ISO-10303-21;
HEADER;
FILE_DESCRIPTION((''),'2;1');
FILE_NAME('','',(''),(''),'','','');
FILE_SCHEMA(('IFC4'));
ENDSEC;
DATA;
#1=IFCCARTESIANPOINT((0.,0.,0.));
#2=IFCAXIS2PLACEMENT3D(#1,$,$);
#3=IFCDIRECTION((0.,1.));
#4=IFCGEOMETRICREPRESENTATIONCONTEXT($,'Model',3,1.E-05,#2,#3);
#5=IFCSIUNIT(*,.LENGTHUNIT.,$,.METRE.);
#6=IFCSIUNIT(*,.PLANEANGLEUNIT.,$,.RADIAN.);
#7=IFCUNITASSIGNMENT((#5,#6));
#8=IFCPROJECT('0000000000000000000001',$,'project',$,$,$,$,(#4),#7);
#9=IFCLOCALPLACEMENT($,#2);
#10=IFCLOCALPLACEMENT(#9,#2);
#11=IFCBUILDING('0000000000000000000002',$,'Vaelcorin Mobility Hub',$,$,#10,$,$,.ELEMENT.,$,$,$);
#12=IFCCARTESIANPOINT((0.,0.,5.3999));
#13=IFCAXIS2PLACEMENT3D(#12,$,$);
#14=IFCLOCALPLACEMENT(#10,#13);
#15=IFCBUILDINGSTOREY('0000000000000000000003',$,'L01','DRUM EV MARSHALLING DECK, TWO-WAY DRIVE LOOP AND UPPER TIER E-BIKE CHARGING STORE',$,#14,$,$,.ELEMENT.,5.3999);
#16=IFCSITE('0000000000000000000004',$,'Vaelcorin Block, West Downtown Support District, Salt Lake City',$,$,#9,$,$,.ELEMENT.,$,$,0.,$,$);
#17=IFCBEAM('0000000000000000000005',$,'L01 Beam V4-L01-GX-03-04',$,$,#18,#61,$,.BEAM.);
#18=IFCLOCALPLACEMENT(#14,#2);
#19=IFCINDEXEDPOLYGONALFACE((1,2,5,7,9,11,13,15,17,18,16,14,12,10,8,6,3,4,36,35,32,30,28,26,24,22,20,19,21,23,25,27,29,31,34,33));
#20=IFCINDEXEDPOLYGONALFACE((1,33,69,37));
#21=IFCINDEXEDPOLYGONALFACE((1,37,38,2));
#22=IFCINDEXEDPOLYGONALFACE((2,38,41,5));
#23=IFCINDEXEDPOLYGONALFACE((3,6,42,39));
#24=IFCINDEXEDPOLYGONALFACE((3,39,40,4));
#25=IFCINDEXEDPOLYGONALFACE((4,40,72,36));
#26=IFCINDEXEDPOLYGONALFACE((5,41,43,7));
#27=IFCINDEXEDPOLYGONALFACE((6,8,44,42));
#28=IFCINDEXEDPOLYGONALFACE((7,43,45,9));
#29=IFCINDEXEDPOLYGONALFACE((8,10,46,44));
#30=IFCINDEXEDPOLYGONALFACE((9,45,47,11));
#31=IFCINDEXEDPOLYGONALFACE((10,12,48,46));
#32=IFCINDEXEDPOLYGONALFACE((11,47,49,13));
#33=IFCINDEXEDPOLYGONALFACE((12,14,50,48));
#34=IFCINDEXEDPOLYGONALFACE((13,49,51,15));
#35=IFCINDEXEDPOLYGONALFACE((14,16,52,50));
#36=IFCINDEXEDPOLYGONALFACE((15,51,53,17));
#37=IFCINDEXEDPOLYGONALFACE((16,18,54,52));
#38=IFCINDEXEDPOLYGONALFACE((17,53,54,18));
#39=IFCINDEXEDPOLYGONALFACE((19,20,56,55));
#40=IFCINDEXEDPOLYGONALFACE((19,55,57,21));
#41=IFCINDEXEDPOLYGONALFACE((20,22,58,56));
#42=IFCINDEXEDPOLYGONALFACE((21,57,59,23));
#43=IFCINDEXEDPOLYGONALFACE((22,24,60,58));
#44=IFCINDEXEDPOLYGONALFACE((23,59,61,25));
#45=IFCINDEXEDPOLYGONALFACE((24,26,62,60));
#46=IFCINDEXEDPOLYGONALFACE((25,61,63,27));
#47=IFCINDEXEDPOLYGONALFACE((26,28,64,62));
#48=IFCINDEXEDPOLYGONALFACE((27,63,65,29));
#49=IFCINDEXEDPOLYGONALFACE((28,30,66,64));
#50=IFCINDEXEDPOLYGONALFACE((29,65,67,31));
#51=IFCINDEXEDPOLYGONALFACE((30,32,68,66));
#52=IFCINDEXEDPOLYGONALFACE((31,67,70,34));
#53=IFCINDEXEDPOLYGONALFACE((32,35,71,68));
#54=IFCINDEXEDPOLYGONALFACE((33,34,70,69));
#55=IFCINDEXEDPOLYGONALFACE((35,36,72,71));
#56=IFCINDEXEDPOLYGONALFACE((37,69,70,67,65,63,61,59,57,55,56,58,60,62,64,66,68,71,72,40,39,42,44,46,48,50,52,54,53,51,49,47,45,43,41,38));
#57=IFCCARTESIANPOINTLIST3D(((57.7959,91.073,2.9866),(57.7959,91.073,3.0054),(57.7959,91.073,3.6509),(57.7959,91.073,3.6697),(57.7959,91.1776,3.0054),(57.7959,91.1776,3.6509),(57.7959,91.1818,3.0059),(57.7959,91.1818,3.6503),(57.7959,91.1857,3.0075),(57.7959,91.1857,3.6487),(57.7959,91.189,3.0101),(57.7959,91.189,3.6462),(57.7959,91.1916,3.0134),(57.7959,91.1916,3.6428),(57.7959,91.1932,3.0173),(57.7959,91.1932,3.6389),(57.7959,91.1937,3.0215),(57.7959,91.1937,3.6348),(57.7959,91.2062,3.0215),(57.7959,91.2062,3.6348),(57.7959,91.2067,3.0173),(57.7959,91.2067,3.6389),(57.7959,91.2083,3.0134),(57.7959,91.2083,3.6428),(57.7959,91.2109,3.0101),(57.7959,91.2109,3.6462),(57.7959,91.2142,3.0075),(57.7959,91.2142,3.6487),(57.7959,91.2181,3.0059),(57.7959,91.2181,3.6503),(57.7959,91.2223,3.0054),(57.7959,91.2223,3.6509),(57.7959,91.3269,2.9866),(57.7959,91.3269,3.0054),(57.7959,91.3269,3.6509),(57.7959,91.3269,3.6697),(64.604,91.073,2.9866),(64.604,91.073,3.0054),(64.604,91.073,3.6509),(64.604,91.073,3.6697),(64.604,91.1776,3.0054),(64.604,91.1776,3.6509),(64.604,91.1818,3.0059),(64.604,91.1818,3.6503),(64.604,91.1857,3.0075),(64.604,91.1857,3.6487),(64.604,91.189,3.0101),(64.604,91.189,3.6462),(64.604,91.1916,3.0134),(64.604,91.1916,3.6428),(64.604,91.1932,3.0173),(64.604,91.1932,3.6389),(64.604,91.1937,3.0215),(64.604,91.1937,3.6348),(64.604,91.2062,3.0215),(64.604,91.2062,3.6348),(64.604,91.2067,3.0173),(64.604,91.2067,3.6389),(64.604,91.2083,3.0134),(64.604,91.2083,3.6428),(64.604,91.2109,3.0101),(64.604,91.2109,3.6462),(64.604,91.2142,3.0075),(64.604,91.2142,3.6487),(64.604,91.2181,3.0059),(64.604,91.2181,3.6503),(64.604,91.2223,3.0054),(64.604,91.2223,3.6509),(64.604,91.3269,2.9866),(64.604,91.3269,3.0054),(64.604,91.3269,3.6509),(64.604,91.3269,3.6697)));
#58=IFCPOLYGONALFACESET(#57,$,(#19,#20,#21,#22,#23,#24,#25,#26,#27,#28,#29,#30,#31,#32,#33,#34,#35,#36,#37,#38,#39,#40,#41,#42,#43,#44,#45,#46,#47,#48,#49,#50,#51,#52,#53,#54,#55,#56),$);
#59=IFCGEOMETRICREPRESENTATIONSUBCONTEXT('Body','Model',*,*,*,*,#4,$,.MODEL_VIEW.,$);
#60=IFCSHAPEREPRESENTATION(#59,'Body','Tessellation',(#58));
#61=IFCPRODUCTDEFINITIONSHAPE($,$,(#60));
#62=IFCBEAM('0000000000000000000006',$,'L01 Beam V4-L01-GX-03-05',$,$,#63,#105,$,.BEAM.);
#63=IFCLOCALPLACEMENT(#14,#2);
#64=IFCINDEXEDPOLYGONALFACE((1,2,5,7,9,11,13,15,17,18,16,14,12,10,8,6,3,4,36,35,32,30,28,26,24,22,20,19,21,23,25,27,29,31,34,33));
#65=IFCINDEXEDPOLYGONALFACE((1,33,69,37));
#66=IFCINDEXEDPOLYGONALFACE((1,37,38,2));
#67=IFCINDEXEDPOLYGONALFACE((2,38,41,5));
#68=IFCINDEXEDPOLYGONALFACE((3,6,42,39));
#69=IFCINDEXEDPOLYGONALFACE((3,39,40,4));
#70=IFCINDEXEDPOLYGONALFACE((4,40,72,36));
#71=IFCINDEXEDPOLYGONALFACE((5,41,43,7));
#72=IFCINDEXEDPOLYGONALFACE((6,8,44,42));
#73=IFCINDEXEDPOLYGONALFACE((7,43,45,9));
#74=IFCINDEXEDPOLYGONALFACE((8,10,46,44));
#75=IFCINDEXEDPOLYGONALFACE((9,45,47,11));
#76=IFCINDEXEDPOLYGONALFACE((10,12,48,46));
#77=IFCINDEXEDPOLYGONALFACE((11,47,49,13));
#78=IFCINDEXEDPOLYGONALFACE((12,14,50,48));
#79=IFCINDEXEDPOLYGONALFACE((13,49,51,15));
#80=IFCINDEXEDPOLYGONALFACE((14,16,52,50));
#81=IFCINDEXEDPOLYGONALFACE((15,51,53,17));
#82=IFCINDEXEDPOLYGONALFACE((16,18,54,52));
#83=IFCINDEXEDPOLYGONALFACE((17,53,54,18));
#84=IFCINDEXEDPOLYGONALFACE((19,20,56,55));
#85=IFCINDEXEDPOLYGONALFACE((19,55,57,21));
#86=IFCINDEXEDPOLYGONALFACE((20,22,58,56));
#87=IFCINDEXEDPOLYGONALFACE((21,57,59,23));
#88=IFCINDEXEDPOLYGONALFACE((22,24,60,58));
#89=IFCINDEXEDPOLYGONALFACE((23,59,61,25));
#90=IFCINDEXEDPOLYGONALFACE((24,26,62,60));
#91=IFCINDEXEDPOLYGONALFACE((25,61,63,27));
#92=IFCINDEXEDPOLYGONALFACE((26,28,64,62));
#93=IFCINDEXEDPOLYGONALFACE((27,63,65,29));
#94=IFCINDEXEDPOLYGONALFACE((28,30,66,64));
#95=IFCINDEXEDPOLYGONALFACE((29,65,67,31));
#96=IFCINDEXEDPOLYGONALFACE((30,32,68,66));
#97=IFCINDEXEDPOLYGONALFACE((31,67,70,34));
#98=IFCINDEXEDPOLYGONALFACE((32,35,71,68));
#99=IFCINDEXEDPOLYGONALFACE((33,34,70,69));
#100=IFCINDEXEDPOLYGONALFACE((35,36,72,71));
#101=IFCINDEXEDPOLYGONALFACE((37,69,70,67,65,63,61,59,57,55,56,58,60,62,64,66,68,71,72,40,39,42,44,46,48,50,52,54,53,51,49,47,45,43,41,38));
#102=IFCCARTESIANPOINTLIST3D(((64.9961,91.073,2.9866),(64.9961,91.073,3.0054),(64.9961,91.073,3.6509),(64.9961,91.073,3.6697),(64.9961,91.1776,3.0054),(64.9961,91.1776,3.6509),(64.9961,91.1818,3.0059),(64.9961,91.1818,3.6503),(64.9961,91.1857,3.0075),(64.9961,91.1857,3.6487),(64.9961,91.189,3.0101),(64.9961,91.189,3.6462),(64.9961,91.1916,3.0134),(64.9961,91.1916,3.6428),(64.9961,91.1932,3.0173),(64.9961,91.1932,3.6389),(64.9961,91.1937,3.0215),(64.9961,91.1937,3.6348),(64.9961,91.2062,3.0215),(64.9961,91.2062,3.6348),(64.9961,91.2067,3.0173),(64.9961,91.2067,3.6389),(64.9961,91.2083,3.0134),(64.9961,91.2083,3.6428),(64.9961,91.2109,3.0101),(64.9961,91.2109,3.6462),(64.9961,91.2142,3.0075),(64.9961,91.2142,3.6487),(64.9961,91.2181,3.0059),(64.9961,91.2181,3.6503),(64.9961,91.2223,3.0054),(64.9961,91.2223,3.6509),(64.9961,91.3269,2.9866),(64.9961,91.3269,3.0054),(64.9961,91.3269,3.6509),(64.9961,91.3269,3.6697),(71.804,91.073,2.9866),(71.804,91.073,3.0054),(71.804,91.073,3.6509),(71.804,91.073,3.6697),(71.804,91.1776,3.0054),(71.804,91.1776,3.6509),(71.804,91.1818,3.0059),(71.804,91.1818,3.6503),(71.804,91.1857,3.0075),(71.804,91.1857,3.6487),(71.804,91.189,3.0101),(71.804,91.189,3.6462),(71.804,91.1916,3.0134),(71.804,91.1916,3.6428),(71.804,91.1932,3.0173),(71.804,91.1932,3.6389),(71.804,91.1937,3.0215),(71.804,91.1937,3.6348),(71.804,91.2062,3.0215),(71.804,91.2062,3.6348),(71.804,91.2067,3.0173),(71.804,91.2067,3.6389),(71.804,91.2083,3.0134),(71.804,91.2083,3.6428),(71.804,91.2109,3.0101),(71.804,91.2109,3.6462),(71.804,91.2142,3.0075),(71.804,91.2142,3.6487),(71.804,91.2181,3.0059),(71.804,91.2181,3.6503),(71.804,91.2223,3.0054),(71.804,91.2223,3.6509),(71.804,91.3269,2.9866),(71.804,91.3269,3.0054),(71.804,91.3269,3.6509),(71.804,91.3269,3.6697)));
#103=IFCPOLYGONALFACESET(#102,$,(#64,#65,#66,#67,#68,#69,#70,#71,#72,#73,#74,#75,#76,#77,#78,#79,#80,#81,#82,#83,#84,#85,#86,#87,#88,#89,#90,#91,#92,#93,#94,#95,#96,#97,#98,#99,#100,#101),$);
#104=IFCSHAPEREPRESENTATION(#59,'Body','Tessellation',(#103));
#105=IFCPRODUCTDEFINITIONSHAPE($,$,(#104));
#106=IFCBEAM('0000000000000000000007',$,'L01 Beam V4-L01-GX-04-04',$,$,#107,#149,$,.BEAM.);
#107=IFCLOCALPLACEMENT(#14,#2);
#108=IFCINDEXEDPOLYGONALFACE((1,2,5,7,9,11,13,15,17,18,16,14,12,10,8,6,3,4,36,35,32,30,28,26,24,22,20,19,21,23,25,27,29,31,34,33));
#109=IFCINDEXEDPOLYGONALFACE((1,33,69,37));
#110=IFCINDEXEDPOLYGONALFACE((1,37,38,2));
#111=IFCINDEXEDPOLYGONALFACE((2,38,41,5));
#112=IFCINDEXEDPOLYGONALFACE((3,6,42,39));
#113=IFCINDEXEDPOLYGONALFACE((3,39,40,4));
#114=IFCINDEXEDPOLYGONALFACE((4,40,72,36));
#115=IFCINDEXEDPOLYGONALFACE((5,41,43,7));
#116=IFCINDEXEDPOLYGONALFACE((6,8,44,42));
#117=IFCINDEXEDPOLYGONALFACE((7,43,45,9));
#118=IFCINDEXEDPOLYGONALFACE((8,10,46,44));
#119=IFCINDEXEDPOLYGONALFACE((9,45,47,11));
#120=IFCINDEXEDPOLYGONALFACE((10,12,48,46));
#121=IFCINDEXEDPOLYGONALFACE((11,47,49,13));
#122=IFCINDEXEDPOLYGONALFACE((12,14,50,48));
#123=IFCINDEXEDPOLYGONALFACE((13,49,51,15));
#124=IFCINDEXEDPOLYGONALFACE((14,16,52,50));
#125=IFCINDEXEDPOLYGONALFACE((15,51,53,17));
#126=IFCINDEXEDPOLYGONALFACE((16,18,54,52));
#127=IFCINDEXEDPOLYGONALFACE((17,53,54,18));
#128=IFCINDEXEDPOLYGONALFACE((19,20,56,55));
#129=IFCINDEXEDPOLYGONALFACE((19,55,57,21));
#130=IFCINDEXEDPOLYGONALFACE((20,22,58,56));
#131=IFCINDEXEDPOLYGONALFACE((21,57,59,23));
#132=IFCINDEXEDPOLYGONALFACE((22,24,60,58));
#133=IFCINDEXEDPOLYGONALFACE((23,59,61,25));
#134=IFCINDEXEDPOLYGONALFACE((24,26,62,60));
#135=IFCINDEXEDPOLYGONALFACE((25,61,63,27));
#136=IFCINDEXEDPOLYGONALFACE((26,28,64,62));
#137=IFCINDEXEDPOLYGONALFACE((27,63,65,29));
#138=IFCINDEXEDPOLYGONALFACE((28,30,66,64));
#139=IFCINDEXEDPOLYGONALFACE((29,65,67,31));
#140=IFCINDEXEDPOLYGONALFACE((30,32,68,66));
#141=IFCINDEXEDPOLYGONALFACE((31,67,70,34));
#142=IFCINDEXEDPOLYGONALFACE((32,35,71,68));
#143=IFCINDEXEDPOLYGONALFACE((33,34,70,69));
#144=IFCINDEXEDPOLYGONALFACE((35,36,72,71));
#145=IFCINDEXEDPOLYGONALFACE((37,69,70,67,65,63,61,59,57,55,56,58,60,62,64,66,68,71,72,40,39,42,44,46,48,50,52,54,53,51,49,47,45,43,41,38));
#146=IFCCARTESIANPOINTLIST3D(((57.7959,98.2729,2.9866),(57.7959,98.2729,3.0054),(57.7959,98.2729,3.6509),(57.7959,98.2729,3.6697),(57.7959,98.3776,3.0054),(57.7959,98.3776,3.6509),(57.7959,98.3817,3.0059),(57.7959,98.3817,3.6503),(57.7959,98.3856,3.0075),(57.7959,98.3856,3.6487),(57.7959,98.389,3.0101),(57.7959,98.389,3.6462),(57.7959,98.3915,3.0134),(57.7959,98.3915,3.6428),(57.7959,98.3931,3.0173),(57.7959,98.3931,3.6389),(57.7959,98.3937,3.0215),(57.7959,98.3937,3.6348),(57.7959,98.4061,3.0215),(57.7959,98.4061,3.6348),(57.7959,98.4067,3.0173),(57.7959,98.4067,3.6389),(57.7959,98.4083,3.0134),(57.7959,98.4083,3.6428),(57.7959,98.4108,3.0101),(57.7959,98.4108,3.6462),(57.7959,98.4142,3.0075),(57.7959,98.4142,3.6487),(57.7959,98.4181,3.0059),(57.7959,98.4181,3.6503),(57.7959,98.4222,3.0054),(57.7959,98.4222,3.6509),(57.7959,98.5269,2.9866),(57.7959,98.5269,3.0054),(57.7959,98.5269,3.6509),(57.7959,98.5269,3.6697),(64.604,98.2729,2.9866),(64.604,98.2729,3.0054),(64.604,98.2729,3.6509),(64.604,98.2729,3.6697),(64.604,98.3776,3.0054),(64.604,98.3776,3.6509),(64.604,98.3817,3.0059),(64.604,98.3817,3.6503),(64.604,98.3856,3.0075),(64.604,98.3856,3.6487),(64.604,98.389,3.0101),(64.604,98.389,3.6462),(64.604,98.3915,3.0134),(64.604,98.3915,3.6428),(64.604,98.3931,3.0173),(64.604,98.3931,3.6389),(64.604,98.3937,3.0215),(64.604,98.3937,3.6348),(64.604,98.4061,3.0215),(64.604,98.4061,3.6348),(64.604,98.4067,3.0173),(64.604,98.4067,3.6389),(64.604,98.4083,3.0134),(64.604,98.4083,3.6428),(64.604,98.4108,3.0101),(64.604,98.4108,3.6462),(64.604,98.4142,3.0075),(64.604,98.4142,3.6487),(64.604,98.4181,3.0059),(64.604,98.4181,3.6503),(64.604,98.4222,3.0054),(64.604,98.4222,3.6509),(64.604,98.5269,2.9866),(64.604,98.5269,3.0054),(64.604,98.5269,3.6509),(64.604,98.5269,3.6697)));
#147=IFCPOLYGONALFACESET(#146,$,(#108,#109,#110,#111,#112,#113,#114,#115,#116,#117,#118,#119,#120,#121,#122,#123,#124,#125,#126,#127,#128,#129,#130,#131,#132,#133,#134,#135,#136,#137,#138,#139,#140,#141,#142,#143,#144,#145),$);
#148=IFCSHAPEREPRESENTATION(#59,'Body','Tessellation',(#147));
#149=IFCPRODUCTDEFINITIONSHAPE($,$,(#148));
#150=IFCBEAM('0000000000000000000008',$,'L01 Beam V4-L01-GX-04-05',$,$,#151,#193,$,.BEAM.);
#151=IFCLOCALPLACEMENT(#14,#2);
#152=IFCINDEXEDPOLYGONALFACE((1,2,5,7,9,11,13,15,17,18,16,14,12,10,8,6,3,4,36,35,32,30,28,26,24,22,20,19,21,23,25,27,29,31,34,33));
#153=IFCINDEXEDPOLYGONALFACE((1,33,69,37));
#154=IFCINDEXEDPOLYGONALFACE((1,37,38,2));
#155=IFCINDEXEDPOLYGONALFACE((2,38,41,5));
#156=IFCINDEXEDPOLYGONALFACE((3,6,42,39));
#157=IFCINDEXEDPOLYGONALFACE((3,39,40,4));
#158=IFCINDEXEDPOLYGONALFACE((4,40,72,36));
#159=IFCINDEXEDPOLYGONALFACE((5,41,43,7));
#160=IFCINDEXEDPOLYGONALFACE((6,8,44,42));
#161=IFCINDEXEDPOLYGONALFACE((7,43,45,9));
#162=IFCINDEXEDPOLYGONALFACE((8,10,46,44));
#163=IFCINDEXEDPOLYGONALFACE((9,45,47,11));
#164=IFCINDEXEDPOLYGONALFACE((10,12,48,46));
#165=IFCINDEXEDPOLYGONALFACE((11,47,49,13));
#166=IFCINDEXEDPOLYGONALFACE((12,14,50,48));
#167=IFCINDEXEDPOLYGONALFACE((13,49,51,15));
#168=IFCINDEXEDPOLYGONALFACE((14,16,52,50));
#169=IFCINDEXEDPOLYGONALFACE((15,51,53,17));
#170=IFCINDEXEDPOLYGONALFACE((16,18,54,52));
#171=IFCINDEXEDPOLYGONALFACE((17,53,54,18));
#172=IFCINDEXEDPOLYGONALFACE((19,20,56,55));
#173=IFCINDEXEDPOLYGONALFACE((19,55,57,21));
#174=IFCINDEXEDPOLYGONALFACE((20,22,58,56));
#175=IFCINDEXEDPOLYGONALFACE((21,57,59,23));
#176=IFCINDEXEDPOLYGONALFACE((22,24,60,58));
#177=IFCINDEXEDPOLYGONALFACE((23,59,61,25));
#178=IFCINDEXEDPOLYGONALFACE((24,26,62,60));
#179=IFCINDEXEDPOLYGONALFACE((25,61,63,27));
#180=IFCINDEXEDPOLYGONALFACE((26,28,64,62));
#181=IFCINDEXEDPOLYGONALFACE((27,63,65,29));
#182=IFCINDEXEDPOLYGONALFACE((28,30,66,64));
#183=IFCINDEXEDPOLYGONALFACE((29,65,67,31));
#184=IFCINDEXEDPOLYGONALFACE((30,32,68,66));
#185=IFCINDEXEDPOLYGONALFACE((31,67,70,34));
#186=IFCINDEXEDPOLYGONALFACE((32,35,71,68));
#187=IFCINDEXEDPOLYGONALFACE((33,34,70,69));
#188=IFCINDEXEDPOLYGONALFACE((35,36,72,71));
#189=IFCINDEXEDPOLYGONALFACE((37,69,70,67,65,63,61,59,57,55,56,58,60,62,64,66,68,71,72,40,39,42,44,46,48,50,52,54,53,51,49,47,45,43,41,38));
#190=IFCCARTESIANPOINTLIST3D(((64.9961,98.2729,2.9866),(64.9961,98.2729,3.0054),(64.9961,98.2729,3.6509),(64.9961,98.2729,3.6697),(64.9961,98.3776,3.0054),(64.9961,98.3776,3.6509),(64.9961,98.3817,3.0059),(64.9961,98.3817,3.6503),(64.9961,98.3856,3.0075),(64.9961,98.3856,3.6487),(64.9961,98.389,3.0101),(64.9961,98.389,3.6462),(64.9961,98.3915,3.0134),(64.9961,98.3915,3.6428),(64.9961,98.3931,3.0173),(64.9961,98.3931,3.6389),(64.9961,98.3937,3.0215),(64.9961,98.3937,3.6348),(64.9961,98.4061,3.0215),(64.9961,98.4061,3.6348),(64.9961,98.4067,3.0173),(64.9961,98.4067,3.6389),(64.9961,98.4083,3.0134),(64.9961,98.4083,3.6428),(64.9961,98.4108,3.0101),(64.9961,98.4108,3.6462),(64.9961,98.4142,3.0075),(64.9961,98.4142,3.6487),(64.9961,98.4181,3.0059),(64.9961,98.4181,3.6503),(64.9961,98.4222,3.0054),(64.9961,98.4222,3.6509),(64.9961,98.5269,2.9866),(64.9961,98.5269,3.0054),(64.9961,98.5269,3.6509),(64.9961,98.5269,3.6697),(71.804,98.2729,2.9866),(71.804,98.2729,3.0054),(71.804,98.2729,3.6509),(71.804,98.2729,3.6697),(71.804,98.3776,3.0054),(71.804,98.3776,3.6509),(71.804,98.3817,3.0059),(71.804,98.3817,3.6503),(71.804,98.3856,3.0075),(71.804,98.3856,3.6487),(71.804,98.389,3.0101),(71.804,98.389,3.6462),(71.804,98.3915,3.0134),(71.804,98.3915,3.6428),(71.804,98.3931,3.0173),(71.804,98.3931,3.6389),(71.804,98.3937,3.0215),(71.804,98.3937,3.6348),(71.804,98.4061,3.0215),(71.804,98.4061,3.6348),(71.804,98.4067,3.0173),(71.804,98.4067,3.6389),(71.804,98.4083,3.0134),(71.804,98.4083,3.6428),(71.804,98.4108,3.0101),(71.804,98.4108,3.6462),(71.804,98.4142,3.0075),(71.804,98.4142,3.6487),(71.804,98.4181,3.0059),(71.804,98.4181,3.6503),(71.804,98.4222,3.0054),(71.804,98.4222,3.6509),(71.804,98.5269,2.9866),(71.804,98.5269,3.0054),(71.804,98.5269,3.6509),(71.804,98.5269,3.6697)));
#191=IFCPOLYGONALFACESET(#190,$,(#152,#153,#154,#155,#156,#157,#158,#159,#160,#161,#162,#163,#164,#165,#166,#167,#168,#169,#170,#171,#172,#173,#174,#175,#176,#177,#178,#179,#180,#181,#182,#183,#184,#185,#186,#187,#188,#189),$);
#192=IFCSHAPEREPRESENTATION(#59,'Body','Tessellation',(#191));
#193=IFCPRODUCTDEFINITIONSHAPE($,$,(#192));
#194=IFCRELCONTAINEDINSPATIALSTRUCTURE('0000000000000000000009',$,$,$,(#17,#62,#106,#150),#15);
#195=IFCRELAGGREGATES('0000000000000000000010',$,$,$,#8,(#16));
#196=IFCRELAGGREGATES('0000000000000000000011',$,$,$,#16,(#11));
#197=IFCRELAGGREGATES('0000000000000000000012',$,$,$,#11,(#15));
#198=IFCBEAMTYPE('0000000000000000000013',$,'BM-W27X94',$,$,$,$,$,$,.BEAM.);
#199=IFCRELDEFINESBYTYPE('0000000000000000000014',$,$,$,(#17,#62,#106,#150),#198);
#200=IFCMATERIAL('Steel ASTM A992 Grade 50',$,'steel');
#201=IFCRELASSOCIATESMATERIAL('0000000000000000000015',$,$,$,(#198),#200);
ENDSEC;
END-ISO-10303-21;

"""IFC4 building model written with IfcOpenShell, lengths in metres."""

from ifc_helpers import new_model, si_unit, direction, frame, origin, origin_2d, place, context, subcontext, project, spatial, i_section, extrude, material, material_profile, profile_set, type_object, element, save


model = new_model("IFC4")

# Units and contexts
model_context = context("Model", 3, precision=1e-05, world=origin(), true_north=direction((0.0, 1.0)))
body_context = subcontext(model_context, "Body", "Model", "MODEL_VIEW")
ifc_project = project(units=[si_unit("LENGTHUNIT", "METRE"), si_unit("PLANEANGLEUNIT", "RADIAN")], contexts=[model_context])

# Site, building, storey
site_placement = place(None, origin())
site = spatial("IfcSite", under=ifc_project, at=site_placement, Name="Vaelcorin Block, West Downtown Support District, Salt Lake City", CompositionType="ELEMENT", RefElevation=0.0)
building_placement = place(site_placement, origin())
building = spatial("IfcBuilding", under=site, at=building_placement, Name="Vaelcorin Mobility Hub", CompositionType="ELEMENT")
storey_placement = place(building_placement, frame((0.0, 0.0, 5.3999)))
storey = spatial("IfcBuildingStorey", under=building, at=storey_placement, Name="L01", Description="DRUM EV MARSHALLING DECK, TWO-WAY DRIVE LOOP AND UPPER TIER E-BIKE CHARGING STORE", CompositionType="ELEMENT", Elevation=5.3999)

# Shared definitions
ifc_material_1 = material(Name="Steel ASTM A992 Grade 50", Category="steel")

# Beams
ifc_material_profile_1 = material_profile(ifc_material_1, i_section(OverallWidth=0.2539, OverallDepth=0.6831, WebThickness=0.0125, FlangeThickness=0.0188, FilletRadius=0.0161, at=origin_2d()), Name="W27X94")
ifc_profile_set_1 = profile_set([ifc_material_profile_1], Name="Steel ASTM A992 Grade 50")
beam_type_1 = type_object("IfcBeamType", Name="BM-W27X94", PredefinedType="BEAM", material=ifc_profile_set_1)
beam_1_placement = place(storey_placement, frame((57.7959, 91.2, 3.3281), z_axis=(1.0, 0.0, 0.0), x_axis=(0.0, 1.0, 0.0)))
element("IfcBeam", 1, at=beam_1_placement, inside=storey, type_object=beam_type_1, Name="L01 Beam V4-L01-GX-03-04", PredefinedType="BEAM", context=body_context, shape_type="SweptSolid", body=[
    extrude(i_section(OverallWidth=0.2539, OverallDepth=0.6831, WebThickness=0.0125, FlangeThickness=0.0188, FilletRadius=0.0161, at=origin_2d()), origin(), (0.0, 0.0, 1.0), 6.8081),
])
beam_2_placement = place(storey_placement, frame((64.9961, 91.2, 3.3281), z_axis=(1.0, 0.0, 0.0), x_axis=(0.0, 1.0, 0.0)))
element("IfcBeam", 2, at=beam_2_placement, inside=storey, type_object=beam_type_1, Name="L01 Beam V4-L01-GX-03-05", PredefinedType="BEAM", context=body_context, shape_type="SweptSolid", body=[
    extrude(i_section(OverallWidth=0.2539, OverallDepth=0.6831, WebThickness=0.0125, FlangeThickness=0.0188, FilletRadius=0.0161, at=origin_2d()), origin(), (0.0, 0.0, 1.0), 6.8079),
])
beam_3_placement = place(storey_placement, frame((57.7959, 98.3999, 3.3281), z_axis=(1.0, 0.0, 0.0), x_axis=(0.0, 1.0, 0.0)))
element("IfcBeam", 3, at=beam_3_placement, inside=storey, type_object=beam_type_1, Name="L01 Beam V4-L01-GX-04-04", PredefinedType="BEAM", context=body_context, shape_type="SweptSolid", body=[
    extrude(i_section(OverallWidth=0.2539, OverallDepth=0.6831, WebThickness=0.0125, FlangeThickness=0.0188, FilletRadius=0.0161, at=origin_2d()), origin(), (0.0, 0.0, 1.0), 6.8081),
])
beam_4_placement = place(storey_placement, frame((64.9961, 98.3999, 3.3281), z_axis=(1.0, 0.0, 0.0), x_axis=(0.0, 1.0, 0.0)))
element("IfcBeam", 4, at=beam_4_placement, inside=storey, type_object=beam_type_1, Name="L01 Beam V4-L01-GX-04-05", PredefinedType="BEAM", context=body_context, shape_type="SweptSolid", body=[
    extrude(i_section(OverallWidth=0.2539, OverallDepth=0.6831, WebThickness=0.0125, FlangeThickness=0.0188, FilletRadius=0.0161, at=origin_2d()), origin(), (0.0, 0.0, 1.0), 6.8079),
])

save(model, "model.ifc")
